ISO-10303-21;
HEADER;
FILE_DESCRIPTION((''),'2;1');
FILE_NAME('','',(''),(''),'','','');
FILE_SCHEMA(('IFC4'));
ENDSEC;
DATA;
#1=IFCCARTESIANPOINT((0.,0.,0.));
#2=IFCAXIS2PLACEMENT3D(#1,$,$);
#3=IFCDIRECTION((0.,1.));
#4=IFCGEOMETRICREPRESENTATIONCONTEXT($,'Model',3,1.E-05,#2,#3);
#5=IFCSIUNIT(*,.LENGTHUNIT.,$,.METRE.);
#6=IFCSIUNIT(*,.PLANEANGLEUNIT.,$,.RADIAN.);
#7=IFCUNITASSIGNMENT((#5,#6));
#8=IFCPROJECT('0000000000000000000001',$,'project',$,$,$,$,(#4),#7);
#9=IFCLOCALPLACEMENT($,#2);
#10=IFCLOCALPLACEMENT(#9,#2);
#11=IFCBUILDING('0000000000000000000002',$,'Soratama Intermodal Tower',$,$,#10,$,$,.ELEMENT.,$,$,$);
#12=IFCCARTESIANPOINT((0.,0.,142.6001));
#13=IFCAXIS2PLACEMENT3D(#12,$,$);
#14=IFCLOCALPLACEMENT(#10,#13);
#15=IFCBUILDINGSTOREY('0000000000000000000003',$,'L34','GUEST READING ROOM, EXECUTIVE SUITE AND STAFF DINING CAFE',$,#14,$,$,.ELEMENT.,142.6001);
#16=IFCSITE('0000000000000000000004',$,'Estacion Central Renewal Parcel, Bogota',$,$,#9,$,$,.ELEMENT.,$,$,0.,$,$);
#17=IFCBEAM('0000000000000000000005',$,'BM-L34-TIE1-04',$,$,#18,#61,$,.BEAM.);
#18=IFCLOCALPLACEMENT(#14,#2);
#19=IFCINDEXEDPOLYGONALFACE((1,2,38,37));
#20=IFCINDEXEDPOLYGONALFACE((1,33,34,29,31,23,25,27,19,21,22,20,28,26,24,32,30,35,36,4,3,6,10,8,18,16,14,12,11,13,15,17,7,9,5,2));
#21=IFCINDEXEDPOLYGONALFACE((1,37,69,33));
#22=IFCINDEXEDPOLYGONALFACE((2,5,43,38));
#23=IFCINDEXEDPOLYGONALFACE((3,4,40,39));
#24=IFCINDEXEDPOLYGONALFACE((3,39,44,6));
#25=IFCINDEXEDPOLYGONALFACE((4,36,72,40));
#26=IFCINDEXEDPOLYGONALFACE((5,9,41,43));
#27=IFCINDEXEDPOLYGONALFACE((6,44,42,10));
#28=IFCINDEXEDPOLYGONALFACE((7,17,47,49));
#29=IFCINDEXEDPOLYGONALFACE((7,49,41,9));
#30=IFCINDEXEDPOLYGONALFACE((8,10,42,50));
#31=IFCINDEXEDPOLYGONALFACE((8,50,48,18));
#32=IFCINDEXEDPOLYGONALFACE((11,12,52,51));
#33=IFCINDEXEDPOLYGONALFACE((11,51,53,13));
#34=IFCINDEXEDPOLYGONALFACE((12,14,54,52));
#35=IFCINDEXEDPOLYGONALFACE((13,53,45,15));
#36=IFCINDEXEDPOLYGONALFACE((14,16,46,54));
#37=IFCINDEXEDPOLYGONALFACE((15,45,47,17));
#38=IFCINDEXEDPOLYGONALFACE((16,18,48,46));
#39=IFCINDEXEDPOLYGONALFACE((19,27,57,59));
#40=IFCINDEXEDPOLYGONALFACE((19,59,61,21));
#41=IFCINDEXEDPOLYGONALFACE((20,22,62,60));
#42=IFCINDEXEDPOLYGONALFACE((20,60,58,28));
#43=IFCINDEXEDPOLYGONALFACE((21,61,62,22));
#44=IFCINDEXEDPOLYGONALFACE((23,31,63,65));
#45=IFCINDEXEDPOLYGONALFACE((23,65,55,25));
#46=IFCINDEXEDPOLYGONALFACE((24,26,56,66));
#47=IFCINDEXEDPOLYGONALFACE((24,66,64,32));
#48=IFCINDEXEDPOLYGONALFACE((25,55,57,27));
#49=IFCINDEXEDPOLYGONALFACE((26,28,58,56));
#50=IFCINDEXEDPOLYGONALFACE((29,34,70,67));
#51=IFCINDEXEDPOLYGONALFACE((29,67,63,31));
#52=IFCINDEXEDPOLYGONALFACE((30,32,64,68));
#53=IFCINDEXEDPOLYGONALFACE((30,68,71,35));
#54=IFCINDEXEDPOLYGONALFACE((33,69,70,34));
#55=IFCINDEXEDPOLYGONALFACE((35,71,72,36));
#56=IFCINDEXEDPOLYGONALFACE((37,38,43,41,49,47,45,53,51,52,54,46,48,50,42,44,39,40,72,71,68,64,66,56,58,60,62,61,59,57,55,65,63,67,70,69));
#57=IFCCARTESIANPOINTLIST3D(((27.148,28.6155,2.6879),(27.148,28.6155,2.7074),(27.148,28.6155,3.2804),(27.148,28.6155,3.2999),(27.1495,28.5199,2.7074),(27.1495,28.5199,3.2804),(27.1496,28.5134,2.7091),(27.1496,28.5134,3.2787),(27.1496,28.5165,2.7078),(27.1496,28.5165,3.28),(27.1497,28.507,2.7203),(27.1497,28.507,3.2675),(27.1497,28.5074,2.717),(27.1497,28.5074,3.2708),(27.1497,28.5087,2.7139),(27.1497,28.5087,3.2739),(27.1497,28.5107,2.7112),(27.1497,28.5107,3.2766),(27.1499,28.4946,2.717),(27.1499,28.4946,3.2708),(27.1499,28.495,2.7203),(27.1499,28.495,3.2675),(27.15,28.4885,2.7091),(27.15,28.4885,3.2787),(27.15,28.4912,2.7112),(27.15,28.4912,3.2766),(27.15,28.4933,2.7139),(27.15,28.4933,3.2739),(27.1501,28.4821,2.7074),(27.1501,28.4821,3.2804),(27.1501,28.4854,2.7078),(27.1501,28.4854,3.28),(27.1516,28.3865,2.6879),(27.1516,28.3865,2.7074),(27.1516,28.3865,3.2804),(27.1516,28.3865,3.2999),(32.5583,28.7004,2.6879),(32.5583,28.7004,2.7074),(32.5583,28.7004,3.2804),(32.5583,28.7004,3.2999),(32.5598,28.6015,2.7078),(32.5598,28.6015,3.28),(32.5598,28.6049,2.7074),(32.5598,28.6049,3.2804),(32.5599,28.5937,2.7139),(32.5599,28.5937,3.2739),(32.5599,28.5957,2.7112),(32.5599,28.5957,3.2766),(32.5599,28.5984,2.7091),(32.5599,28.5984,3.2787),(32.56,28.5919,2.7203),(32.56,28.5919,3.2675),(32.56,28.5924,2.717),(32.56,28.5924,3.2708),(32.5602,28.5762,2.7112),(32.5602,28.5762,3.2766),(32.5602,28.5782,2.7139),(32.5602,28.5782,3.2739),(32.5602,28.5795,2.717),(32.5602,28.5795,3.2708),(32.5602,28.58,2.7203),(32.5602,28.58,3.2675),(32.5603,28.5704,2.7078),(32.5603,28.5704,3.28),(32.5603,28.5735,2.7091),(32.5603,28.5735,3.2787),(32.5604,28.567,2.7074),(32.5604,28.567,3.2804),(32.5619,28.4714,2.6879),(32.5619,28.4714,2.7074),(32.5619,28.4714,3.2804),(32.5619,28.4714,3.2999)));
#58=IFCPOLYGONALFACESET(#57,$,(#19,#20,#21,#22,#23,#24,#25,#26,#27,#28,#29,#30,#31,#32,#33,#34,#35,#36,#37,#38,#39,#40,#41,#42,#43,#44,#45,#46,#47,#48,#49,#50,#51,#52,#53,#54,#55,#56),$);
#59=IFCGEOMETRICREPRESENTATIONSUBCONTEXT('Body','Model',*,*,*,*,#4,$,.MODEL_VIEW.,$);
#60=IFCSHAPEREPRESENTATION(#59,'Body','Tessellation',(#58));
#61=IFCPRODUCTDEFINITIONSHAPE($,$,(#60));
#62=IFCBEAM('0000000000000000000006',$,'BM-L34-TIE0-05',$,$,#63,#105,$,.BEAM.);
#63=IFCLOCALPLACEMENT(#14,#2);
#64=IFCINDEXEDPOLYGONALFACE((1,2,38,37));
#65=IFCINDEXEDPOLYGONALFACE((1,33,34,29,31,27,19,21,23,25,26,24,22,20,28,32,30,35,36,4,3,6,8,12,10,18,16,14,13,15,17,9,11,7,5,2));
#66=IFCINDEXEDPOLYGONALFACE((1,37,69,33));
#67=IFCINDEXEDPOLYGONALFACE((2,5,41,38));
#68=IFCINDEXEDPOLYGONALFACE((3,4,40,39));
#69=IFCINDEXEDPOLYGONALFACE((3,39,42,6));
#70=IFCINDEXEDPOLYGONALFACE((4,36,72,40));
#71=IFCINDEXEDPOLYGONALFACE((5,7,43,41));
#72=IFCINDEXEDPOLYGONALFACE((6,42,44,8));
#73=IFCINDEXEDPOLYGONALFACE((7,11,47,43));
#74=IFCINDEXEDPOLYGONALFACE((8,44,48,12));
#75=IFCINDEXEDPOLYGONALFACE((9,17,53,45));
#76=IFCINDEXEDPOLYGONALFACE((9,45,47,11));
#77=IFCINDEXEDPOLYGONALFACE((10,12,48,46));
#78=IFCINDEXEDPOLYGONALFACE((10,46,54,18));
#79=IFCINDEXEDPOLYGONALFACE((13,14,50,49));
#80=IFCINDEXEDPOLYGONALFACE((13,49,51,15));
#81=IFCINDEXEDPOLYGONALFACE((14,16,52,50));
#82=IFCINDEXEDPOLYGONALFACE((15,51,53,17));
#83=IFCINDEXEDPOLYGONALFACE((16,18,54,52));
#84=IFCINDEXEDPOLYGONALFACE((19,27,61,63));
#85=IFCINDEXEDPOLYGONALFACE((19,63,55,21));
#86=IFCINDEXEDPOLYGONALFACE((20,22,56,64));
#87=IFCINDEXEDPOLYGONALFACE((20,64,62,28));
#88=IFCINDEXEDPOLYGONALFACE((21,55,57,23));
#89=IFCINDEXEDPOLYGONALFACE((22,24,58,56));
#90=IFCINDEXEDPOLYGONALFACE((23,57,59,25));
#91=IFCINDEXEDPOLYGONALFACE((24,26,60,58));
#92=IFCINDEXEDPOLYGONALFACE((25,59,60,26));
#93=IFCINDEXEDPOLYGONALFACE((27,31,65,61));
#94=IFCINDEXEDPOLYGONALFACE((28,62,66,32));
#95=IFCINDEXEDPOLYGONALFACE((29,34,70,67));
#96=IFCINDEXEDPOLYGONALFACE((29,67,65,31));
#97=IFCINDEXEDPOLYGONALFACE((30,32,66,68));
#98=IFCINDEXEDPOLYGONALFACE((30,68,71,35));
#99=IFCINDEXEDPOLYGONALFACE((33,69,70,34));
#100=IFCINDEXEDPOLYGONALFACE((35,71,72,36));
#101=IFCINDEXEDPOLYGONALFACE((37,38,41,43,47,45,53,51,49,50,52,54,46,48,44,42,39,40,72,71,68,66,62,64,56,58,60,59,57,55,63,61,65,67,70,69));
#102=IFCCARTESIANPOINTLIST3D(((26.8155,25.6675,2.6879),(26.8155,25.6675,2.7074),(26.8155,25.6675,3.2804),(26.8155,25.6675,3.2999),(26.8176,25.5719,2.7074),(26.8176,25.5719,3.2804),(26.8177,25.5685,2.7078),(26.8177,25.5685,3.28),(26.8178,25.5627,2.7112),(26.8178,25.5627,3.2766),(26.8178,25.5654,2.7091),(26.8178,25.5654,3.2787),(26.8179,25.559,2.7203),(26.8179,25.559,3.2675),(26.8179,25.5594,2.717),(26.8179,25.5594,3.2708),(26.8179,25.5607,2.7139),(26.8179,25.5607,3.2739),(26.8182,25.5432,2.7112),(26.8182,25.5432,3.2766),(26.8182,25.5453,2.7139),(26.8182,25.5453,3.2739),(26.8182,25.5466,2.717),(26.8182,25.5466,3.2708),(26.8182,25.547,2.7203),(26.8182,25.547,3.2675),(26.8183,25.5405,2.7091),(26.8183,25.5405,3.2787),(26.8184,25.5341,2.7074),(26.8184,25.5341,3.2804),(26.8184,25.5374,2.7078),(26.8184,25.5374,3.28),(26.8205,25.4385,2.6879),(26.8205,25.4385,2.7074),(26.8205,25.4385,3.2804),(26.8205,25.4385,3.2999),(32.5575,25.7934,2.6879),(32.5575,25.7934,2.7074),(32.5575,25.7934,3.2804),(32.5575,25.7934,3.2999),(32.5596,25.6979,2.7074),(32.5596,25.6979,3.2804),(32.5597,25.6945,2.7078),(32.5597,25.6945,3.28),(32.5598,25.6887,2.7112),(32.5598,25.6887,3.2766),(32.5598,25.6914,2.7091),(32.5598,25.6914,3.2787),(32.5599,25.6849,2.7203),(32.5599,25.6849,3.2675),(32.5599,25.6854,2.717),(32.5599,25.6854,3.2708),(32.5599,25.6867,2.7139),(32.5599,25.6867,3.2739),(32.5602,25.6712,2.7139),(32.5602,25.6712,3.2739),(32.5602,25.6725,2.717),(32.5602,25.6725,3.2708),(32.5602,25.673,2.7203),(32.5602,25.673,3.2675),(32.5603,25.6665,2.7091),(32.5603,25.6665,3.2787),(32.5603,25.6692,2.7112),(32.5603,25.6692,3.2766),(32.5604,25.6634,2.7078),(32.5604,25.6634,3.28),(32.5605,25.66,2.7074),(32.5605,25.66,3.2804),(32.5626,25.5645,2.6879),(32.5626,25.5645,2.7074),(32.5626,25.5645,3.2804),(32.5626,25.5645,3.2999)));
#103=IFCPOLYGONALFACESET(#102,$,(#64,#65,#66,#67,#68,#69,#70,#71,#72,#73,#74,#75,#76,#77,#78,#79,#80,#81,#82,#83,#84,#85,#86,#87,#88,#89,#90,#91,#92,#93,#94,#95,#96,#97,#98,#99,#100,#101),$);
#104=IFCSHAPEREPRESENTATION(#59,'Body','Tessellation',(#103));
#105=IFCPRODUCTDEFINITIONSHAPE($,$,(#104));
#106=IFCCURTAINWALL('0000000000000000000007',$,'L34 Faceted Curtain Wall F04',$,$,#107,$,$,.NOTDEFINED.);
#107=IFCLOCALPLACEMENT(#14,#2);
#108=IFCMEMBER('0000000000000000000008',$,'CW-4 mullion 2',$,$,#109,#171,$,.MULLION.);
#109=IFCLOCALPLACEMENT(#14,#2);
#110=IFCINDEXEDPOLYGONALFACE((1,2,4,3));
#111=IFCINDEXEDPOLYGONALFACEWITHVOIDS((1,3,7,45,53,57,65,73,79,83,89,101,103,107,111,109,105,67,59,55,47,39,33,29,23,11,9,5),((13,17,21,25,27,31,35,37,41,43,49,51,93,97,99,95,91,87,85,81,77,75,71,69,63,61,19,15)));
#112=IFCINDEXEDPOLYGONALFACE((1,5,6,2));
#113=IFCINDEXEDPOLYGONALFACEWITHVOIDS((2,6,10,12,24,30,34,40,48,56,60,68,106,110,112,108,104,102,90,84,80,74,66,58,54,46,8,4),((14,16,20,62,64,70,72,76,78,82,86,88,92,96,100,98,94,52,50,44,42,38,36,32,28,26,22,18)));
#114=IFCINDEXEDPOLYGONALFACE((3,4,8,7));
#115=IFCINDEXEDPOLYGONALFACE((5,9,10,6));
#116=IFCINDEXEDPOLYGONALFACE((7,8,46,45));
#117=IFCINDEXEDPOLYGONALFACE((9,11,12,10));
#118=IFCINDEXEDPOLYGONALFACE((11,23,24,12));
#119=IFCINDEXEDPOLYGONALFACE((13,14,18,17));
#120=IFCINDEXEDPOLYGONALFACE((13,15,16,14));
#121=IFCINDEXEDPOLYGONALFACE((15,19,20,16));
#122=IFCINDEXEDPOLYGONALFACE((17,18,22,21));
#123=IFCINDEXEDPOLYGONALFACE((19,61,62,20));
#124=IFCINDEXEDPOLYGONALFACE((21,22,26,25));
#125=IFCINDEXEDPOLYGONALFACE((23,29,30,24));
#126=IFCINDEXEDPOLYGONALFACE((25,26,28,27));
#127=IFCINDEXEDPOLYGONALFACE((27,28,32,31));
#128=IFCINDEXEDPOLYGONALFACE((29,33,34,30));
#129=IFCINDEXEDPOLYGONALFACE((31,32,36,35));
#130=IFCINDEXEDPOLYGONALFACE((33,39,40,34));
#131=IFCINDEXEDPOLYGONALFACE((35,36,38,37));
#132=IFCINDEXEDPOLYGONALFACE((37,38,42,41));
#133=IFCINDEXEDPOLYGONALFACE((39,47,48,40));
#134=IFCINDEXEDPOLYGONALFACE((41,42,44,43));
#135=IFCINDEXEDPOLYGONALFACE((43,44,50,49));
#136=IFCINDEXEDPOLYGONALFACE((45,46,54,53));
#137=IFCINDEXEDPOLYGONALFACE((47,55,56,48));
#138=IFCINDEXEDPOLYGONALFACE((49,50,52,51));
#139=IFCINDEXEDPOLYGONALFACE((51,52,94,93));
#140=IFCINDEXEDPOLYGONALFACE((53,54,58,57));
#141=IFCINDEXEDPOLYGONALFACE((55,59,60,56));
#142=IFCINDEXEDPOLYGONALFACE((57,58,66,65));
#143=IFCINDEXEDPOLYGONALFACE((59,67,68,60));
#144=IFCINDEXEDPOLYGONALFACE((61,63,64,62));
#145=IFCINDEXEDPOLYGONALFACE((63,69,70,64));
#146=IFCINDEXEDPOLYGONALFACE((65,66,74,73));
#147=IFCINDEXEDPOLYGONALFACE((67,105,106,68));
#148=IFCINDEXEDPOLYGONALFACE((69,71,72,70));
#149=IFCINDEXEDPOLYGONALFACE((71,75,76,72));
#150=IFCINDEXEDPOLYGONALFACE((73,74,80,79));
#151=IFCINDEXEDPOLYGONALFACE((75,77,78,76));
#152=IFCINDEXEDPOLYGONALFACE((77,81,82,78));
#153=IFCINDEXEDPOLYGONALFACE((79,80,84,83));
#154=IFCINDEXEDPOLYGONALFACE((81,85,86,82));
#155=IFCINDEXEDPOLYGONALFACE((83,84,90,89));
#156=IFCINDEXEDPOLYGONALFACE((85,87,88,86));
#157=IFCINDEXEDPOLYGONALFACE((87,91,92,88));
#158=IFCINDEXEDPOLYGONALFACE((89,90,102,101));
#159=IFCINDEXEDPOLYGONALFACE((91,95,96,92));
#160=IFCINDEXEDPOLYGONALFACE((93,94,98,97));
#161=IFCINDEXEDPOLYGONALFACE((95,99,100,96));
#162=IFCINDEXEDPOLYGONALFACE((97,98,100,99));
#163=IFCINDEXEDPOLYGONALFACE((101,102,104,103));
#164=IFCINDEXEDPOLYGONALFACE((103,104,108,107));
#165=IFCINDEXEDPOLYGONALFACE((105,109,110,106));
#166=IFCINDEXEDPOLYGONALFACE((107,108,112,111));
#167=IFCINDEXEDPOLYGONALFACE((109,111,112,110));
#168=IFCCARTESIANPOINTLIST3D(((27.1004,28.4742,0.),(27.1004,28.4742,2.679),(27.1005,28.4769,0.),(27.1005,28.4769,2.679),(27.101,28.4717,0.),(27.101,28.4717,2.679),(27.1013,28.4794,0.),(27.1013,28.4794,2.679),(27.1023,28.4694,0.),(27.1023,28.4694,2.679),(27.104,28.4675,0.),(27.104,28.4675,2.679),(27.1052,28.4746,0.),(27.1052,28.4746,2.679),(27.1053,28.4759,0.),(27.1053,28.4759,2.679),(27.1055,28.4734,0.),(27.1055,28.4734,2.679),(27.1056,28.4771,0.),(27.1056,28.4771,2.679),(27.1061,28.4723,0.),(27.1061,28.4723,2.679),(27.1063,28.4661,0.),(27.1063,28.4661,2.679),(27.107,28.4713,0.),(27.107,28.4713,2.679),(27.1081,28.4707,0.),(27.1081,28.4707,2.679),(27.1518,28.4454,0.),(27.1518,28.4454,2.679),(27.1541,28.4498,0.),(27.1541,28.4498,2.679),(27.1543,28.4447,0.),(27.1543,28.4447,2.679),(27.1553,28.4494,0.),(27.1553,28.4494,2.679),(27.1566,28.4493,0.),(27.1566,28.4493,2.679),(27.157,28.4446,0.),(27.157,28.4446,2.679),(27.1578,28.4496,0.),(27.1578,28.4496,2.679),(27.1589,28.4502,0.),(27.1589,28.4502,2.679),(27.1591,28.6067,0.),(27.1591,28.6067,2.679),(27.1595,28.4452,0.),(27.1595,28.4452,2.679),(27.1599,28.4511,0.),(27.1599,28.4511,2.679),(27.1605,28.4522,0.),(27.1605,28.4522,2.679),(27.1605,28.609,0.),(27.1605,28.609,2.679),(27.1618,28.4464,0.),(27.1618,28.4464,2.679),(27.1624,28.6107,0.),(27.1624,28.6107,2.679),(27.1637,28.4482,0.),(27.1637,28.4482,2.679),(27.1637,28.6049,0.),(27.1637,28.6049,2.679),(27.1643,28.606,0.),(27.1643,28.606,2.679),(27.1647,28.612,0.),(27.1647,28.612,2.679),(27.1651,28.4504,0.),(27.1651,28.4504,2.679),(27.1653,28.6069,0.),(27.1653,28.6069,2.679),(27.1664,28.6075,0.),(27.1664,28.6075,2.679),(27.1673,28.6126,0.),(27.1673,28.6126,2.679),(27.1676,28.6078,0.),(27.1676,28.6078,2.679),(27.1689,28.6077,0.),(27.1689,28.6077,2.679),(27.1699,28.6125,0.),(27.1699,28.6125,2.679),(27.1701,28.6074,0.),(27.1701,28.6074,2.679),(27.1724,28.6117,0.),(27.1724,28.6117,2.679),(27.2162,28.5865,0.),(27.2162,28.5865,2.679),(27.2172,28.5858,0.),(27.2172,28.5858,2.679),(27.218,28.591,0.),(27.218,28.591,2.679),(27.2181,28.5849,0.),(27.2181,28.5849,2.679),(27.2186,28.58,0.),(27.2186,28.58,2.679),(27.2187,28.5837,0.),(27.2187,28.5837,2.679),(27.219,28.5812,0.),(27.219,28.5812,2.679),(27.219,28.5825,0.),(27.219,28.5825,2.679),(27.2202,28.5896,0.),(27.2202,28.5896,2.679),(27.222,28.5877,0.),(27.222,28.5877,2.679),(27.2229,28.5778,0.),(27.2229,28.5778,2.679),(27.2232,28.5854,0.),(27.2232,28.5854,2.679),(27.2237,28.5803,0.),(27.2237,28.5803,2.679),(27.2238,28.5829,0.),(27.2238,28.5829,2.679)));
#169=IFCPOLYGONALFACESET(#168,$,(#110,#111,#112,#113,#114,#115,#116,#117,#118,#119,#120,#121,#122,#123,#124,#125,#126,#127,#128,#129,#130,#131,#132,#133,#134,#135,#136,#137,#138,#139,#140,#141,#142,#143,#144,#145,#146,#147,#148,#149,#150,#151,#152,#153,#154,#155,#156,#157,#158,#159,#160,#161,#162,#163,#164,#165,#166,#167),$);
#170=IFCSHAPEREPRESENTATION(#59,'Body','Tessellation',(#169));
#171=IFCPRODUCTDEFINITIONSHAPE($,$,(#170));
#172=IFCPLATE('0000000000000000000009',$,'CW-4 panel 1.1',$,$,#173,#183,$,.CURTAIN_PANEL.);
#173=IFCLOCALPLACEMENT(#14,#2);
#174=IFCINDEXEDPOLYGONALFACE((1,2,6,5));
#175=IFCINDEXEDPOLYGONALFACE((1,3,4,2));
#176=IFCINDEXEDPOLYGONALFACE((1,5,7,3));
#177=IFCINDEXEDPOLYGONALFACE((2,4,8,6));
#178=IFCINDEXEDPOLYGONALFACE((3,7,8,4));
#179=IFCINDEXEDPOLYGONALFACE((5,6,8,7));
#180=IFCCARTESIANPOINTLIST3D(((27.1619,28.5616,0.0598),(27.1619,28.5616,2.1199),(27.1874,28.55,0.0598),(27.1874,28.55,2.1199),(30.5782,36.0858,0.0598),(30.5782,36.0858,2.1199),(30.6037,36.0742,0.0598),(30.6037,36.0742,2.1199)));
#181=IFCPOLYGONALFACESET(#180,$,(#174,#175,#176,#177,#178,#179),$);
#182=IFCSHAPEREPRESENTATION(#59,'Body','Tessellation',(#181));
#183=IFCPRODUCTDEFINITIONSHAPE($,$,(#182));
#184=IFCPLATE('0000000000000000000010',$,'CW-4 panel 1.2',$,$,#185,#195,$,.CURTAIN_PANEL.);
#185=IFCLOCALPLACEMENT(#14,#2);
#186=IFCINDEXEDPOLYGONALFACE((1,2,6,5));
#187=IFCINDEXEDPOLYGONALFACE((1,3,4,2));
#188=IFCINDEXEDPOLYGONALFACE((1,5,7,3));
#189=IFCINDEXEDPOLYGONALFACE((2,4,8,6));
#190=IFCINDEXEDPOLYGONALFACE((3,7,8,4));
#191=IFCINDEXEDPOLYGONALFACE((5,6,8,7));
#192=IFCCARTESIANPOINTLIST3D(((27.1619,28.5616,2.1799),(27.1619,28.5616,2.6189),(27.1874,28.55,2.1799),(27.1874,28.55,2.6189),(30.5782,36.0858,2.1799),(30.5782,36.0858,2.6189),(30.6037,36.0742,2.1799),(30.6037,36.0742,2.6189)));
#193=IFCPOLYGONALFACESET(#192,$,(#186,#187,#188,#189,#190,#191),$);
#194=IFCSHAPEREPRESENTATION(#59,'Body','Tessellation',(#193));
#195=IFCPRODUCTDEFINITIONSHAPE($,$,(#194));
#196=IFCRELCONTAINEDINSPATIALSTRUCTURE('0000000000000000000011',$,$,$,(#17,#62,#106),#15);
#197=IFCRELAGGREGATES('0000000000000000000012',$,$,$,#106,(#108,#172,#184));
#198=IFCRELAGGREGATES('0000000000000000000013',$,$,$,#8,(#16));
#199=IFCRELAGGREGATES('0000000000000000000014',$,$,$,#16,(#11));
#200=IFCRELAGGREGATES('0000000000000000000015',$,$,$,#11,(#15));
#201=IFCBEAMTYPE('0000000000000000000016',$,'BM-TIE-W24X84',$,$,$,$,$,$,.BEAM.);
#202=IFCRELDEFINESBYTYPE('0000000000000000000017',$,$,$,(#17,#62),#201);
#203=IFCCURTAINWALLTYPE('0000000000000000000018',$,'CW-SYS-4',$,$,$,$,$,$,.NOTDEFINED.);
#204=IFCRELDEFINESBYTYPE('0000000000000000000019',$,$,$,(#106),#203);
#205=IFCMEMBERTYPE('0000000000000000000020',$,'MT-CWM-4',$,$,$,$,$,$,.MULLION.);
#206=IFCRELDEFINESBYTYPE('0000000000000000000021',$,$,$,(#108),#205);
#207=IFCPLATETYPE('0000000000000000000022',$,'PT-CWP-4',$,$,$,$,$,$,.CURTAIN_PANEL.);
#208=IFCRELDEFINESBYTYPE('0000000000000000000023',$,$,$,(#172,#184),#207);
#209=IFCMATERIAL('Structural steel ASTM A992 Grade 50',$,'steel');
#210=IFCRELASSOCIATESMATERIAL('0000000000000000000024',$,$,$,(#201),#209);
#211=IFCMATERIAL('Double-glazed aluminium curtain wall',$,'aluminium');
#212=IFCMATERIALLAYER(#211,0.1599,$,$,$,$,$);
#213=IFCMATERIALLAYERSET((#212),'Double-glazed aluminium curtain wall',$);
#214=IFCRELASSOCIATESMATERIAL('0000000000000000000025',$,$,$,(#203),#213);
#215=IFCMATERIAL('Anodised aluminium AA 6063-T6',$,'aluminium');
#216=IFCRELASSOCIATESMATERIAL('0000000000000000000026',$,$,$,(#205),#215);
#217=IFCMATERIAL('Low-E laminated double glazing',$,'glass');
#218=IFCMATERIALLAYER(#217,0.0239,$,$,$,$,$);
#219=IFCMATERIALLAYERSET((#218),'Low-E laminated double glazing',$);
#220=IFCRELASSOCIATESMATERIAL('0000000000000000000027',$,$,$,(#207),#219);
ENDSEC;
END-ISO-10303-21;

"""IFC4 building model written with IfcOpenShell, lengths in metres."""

from ifc_helpers import new_model, si_unit, direction, frame, origin, origin_2d, place, context, subcontext, project, spatial, rectangle, hollow_rectangle, i_section, extrude, material, layer, layer_set, material_profile, profile_set, type_object, element, aggregate, save


model = new_model("IFC4")

# Units and contexts
model_context = context("Model", 3, precision=1e-05, world=origin(), true_north=direction((0.0, 1.0)))
body_context = subcontext(model_context, "Body", "Model", "MODEL_VIEW")
ifc_project = project(units=[si_unit("LENGTHUNIT", "METRE"), si_unit("PLANEANGLEUNIT", "RADIAN")], contexts=[model_context])

# Site, building, storey
site_placement = place(None, origin())
site = spatial("IfcSite", under=ifc_project, at=site_placement, Name="Estacion Central Renewal Parcel, Bogota", CompositionType="ELEMENT", RefElevation=0.0)
building_placement = place(site_placement, origin())
building = spatial("IfcBuilding", under=site, at=building_placement, Name="Soratama Intermodal Tower", CompositionType="ELEMENT")
storey_placement = place(building_placement, frame((0.0, 0.0, 142.6001)))
storey = spatial("IfcBuildingStorey", under=building, at=storey_placement, Name="L34", Description="GUEST READING ROOM, EXECUTIVE SUITE AND STAFF DINING CAFE", CompositionType="ELEMENT", Elevation=142.6001)

# Beams
ifc_material_1 = material(Name="Structural steel ASTM A992 Grade 50", Category="steel")
ifc_material_profile_1 = material_profile(ifc_material_1, i_section(OverallWidth=0.229, OverallDepth=0.6121, WebThickness=0.012, FlangeThickness=0.0195, FilletRadius=0.0129, at=origin_2d()), Name="W24X84")
ifc_profile_set_1 = profile_set([ifc_material_profile_1], Name="Structural steel ASTM A992 Grade 50")
beam_type_1 = type_object("IfcBeamType", Name="BM-TIE-W24X84", PredefinedType="BEAM", material=ifc_profile_set_1)
beam_1_placement = place(storey_placement, frame((32.5601, 28.5859, 2.9939), z_axis=(-0.999877, -0.015702, 0.0), x_axis=(0.015702, -0.999877, 0.0)))
element("IfcBeam", 1, at=beam_1_placement, inside=storey, type_object=beam_type_1, Name="BM-L34-TIE1-04", PredefinedType="BEAM", context=body_context, shape_type="SweptSolid", body=[
    extrude(i_section(OverallWidth=0.229, OverallDepth=0.6121, WebThickness=0.012, FlangeThickness=0.0195, FilletRadius=0.0129, at=origin_2d()), origin(), (0.0, 0.0, 1.0), 5.4109),
])
beam_2_placement = place(storey_placement, frame((32.5601, 25.679, 2.9939), z_axis=(-0.999759, -0.021934, 0.0), x_axis=(0.021934, -0.999759, 0.0)))
element("IfcBeam", 2, at=beam_2_placement, inside=storey, type_object=beam_type_1, Name="BM-L34-TIE0-05", PredefinedType="BEAM", context=body_context, shape_type="SweptSolid", body=[
    extrude(i_section(OverallWidth=0.229, OverallDepth=0.6121, WebThickness=0.012, FlangeThickness=0.0195, FilletRadius=0.0129, at=origin_2d()), origin(), (0.0, 0.0, 1.0), 5.7434),
])

# Curtain wall, member, plates
ifc_material_2 = material(Name="Double-glazed aluminium curtain wall", Category="aluminium")
ifc_layer_1 = layer(ifc_material_2, 0.1599)
ifc_layer_set_1 = layer_set([ifc_layer_1], Name="Double-glazed aluminium curtain wall")
curtain_wall_type = type_object("IfcCurtainWallType", Name="CW-SYS-4", PredefinedType="NOTDEFINED", material=ifc_layer_set_1)
curtain_wall_placement = place(storey_placement, origin())
curtain_wall = element("IfcCurtainWall", 3, at=curtain_wall_placement, inside=storey, type_object=curtain_wall_type, Name="L34 Faceted Curtain Wall F04", PredefinedType="NOTDEFINED")
ifc_material_3 = material(Name="Anodised aluminium AA 6063-T6", Category="aluminium")
ifc_material_profile_2 = material_profile(ifc_material_3, hollow_rectangle(XDim=0.0701, YDim=0.1599, WallThickness=0.0049, InnerFilletRadius=0.0049, OuterFilletRadius=0.01, at=origin_2d()), Name="CWM160X70X5")
ifc_profile_set_2 = profile_set([ifc_material_profile_2], Name="Anodised aluminium AA 6063-T6")
member_type = type_object("IfcMemberType", Name="MT-CWM-4", PredefinedType="MULLION", material=ifc_profile_set_2)
member_placement = place(storey_placement, frame((27.1621, 28.5286, 0.0), z_axis=(0.0, 0.0, 1.0), x_axis=(0.910538, -0.413425, 0.0)))
member = element("IfcMember", 4, at=member_placement, type_object=member_type, Name="CW-4 mullion 2", PredefinedType="MULLION", context=body_context, shape_type="SweptSolid", body=[
    extrude(hollow_rectangle(XDim=0.0701, YDim=0.1599, WallThickness=0.0049, InnerFilletRadius=0.0049, OuterFilletRadius=0.01, at=origin_2d()), origin(), (0.0, 0.0, 1.0), 2.679),
])
ifc_material_4 = material(Name="Low-E laminated double glazing", Category="glass")
ifc_layer_2 = layer(ifc_material_4, 0.0239)
ifc_layer_set_2 = layer_set([ifc_layer_2], Name="Low-E laminated double glazing")
plate_type = type_object("IfcPlateType", Name="PT-CWP-4", PredefinedType="CURTAIN_PANEL", material=ifc_layer_set_2)
plate_1_placement = place(storey_placement, frame((28.8828, 32.3179, 0.0598), z_axis=(0.0, 0.0, 1.0), x_axis=(-0.413425, -0.910538, 0.0)))
plate_1 = element("IfcPlate", 5, at=plate_1_placement, type_object=plate_type, Name="CW-4 panel 1.1", PredefinedType="CURTAIN_PANEL", context=body_context, shape_type="SweptSolid", body=[
    extrude(rectangle(XDim=8.2634, YDim=0.0281, at=origin_2d()), origin(), (0.0, 0.0, 1.0), 2.0601),
])
plate_2_placement = place(storey_placement, frame((28.8828, 32.3179, 2.1799), z_axis=(0.0, 0.0, 1.0), x_axis=(-0.413425, -0.910538, 0.0)))
plate_2 = element("IfcPlate", 6, at=plate_2_placement, type_object=plate_type, Name="CW-4 panel 1.2", PredefinedType="CURTAIN_PANEL", context=body_context, shape_type="SweptSolid", body=[
    extrude(rectangle(XDim=8.2634, YDim=0.0281, at=origin_2d()), origin(), (0.0, 0.0, 1.0), 0.439),
])
aggregate(curtain_wall, [member, plate_1, plate_2])

save(model, "model.ifc")
